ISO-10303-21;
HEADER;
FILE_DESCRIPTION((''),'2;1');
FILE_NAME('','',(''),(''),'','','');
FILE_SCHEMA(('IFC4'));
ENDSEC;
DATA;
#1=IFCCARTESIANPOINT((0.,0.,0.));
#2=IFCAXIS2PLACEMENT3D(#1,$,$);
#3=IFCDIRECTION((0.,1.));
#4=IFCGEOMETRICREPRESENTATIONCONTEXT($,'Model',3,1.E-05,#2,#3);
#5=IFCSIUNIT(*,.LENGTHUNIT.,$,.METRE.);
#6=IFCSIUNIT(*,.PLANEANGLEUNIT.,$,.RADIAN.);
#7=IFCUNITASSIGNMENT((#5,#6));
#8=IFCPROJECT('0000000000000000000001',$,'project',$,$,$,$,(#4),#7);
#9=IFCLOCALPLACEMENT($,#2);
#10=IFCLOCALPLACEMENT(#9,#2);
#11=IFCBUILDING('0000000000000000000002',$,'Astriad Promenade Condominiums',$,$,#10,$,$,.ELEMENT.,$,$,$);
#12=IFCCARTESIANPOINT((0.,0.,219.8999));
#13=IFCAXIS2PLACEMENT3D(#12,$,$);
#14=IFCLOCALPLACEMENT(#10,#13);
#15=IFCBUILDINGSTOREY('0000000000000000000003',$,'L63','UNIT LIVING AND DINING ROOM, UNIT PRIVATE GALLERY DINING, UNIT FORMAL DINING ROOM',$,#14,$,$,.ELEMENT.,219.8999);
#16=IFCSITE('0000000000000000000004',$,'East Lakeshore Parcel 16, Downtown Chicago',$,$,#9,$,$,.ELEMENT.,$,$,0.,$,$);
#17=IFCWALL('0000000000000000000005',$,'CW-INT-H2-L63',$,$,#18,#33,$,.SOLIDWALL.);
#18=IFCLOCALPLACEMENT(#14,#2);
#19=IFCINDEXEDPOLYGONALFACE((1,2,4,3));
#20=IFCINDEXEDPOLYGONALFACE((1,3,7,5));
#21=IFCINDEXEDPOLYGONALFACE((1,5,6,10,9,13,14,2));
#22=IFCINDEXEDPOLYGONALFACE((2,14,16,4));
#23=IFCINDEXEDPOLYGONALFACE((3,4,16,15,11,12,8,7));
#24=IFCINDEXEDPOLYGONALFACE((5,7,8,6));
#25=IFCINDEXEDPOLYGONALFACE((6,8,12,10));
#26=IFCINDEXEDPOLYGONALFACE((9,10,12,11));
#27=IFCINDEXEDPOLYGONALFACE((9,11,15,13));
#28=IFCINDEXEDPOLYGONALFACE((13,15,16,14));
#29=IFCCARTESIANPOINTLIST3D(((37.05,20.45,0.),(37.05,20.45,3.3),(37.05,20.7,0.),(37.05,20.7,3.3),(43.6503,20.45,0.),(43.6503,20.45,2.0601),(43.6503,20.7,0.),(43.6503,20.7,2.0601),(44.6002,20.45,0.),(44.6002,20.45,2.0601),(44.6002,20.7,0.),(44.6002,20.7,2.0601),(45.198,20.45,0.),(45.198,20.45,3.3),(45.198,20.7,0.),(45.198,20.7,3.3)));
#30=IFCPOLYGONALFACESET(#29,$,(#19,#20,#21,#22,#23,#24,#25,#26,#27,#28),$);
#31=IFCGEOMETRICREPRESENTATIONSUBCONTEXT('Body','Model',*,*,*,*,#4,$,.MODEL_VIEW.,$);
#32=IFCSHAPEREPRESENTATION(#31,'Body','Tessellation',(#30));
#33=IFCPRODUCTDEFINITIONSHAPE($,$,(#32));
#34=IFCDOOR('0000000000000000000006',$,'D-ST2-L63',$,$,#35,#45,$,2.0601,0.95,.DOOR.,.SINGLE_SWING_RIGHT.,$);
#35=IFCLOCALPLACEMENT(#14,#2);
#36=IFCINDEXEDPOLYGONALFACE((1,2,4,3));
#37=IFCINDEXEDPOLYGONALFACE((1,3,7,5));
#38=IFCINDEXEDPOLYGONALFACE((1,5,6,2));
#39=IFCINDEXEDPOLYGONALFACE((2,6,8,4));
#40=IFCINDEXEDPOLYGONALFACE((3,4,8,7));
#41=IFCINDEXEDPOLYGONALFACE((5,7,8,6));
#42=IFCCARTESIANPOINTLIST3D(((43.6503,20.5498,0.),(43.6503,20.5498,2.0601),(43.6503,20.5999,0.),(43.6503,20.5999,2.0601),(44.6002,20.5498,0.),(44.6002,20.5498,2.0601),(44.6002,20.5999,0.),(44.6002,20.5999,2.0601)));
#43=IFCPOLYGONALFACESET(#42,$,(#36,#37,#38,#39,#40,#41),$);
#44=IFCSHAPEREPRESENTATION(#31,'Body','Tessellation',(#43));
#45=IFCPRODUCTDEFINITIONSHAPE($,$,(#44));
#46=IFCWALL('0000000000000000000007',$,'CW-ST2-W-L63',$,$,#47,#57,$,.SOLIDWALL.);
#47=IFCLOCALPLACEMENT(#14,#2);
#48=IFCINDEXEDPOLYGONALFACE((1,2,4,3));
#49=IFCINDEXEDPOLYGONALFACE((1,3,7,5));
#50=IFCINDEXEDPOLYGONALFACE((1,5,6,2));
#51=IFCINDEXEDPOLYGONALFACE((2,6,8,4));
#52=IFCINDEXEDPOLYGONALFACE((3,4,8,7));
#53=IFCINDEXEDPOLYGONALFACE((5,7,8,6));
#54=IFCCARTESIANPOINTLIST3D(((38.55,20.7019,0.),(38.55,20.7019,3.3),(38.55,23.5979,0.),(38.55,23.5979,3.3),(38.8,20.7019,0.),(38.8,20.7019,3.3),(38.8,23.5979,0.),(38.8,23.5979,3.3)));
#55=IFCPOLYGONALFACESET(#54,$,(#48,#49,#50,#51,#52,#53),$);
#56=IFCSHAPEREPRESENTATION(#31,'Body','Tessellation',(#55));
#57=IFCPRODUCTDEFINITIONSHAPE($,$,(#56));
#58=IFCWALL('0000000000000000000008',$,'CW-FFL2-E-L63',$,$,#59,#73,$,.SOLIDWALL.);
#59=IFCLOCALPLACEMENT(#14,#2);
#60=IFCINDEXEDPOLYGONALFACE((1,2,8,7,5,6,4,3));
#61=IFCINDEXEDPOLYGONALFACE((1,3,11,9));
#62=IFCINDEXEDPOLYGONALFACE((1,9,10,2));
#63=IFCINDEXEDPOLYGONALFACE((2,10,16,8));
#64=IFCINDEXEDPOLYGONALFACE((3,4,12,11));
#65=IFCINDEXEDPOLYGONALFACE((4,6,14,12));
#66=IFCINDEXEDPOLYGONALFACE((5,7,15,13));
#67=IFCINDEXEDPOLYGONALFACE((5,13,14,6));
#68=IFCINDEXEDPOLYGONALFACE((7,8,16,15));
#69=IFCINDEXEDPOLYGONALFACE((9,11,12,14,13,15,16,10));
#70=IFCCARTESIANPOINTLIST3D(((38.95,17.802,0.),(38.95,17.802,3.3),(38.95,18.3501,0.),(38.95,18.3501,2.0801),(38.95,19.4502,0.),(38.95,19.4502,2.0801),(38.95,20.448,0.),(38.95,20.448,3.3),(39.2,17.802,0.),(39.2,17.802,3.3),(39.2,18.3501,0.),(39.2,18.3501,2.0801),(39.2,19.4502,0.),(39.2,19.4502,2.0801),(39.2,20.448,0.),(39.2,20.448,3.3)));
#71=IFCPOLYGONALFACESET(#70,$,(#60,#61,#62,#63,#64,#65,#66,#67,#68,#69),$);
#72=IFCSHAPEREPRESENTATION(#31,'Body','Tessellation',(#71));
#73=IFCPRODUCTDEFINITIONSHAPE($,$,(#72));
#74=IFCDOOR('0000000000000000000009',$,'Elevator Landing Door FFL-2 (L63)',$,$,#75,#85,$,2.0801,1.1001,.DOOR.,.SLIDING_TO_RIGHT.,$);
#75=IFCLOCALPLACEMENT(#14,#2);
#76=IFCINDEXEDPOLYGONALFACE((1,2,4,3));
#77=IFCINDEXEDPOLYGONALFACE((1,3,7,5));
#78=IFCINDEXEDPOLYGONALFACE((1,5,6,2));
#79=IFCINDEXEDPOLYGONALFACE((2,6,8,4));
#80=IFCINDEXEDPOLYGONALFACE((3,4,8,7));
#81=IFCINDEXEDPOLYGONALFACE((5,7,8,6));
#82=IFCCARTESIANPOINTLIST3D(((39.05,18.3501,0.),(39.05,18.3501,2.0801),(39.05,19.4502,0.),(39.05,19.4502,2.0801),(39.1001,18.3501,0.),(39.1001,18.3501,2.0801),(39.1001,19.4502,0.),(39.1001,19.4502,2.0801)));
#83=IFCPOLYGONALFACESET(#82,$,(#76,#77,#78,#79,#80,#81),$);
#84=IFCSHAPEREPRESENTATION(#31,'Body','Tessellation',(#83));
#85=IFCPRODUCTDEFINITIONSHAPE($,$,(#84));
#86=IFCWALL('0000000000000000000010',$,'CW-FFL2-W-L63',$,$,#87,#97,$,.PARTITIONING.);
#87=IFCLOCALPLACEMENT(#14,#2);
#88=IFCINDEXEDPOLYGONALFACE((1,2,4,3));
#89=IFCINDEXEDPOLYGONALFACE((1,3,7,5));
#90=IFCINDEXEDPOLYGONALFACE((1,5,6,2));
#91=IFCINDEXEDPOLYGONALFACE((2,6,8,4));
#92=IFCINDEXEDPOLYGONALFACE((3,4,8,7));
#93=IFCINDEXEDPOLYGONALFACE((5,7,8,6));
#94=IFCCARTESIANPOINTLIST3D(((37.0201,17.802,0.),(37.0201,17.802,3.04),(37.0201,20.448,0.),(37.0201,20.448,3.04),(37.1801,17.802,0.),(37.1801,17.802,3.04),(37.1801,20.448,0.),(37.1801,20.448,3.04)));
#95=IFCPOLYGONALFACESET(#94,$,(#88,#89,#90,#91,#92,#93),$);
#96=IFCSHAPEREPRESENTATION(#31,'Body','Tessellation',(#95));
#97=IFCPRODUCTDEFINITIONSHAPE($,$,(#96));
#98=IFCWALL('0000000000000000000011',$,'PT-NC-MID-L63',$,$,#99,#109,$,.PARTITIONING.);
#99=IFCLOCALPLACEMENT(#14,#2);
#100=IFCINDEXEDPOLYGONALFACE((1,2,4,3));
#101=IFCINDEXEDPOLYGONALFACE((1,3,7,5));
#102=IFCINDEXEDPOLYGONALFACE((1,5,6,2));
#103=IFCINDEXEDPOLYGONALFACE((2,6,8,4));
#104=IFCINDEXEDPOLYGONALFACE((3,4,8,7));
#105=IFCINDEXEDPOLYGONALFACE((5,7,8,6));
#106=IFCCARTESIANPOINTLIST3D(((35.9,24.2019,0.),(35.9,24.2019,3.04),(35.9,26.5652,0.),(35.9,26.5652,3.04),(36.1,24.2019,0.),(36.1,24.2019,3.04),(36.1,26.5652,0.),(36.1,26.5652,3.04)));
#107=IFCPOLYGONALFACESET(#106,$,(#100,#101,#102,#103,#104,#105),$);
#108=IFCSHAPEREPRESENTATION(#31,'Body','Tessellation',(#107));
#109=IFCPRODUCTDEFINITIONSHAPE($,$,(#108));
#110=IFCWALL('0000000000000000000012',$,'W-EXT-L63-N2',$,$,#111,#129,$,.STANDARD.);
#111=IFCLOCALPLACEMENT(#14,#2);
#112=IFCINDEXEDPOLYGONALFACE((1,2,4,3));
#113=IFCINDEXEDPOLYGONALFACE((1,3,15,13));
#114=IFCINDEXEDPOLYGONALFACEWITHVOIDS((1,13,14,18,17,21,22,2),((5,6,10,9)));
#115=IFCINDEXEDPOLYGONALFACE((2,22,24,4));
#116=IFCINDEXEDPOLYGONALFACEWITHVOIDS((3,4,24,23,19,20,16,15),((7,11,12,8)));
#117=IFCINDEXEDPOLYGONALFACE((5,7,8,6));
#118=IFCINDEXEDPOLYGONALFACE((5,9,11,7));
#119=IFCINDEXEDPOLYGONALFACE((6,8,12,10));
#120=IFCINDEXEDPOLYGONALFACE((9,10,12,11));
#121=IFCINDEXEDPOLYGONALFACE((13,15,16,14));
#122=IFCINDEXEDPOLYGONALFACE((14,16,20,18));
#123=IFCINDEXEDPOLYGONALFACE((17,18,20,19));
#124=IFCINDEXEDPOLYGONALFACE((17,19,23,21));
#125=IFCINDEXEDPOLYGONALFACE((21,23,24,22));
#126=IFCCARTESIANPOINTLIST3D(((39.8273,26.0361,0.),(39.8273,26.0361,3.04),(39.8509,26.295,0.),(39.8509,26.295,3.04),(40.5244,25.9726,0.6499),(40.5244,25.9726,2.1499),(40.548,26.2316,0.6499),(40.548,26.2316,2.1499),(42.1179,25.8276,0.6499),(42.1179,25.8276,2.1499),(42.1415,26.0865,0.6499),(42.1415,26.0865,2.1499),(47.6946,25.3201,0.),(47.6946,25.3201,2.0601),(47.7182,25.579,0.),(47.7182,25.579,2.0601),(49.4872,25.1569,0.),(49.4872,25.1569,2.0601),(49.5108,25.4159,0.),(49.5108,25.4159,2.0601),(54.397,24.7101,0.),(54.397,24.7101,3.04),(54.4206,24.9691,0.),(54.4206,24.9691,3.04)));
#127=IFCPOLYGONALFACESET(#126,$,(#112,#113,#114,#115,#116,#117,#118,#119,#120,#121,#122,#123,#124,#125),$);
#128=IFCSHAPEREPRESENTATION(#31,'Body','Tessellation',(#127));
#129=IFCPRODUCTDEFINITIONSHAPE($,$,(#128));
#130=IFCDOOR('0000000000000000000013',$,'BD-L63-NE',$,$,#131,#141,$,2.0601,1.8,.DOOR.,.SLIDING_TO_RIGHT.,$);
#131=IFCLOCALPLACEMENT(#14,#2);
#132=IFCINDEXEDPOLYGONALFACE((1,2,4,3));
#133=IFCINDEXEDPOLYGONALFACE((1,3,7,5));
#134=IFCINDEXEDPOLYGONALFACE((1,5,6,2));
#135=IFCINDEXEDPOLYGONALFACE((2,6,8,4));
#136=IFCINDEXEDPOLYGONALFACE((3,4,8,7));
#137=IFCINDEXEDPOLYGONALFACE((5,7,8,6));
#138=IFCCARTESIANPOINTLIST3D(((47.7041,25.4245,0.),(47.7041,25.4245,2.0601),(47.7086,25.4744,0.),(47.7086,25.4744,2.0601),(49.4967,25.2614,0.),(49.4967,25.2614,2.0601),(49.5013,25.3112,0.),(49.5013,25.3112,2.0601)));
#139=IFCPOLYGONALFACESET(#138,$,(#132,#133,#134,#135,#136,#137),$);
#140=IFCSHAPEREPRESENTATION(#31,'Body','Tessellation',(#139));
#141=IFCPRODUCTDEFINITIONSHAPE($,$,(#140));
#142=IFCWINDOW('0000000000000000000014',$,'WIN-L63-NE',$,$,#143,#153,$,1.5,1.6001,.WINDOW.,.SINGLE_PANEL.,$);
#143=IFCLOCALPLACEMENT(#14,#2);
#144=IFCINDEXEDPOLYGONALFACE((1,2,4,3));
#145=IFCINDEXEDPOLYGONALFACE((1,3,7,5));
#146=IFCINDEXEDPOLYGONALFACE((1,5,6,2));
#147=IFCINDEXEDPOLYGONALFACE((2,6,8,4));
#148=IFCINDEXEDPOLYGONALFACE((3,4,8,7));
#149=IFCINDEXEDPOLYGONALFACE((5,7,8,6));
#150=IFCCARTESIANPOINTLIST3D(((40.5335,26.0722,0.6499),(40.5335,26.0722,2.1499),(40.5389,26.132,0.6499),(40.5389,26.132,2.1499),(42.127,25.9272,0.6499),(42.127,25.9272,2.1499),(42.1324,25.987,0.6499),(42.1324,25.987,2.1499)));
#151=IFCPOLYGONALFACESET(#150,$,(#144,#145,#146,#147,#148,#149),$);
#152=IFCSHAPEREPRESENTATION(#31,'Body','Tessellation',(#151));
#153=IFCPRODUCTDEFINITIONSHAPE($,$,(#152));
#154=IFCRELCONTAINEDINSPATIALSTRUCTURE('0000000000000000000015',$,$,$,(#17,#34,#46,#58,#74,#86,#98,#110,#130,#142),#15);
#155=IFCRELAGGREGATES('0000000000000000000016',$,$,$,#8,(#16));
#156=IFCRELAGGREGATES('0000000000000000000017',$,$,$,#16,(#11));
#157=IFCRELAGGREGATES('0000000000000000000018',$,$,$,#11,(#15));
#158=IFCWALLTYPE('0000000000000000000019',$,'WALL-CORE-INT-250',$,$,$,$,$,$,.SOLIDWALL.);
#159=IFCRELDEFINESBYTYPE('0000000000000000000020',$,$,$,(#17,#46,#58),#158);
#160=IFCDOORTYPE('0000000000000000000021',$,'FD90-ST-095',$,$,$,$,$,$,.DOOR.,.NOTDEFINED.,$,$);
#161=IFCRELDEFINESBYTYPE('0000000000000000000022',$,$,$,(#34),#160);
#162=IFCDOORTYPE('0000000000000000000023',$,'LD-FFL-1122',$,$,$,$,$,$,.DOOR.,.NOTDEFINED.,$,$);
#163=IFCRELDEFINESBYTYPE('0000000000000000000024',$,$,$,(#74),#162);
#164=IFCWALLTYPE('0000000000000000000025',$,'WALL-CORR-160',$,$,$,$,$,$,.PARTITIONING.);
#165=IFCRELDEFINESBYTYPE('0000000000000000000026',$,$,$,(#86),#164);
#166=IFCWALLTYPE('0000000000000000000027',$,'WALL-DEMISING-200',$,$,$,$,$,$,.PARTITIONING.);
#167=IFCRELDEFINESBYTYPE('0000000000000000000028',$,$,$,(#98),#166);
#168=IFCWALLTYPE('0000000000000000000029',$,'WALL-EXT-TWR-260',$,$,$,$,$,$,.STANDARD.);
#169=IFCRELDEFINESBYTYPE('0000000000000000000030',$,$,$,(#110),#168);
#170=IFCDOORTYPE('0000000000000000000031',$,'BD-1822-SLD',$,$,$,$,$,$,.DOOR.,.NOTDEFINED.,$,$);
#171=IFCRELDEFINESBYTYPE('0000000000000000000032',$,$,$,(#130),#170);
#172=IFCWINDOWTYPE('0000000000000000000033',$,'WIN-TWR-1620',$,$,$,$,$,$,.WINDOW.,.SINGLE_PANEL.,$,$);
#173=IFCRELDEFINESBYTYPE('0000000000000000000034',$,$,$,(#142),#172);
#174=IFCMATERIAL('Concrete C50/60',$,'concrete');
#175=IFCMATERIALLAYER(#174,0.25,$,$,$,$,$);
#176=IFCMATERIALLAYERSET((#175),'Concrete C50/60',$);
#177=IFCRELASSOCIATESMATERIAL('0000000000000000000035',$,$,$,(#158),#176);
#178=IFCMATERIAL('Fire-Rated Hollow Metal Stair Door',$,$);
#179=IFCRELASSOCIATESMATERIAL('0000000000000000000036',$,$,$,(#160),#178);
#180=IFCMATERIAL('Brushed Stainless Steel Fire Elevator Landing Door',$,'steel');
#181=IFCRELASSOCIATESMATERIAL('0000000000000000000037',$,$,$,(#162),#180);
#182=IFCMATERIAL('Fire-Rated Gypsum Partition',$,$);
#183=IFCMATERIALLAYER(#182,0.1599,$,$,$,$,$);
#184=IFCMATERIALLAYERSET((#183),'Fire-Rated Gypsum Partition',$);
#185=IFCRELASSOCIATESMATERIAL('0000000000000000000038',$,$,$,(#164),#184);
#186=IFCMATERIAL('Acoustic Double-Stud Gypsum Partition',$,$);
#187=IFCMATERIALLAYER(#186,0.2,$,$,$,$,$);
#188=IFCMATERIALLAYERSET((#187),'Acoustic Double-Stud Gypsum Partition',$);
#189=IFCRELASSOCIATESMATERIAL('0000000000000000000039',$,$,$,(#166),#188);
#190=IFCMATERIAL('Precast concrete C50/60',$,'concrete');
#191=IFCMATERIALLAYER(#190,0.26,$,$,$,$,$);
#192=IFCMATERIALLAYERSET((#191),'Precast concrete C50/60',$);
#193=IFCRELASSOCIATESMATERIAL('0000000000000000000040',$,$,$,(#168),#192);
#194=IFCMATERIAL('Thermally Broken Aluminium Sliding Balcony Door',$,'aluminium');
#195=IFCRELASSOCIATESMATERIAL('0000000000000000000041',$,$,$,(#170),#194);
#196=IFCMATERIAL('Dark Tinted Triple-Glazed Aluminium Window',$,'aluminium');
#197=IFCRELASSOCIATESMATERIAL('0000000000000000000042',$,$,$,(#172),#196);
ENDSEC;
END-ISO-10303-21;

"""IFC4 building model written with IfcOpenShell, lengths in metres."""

from ifc_helpers import new_model, si_unit, direction, frame, frame_2d, origin, place, context, subcontext, project, spatial, rectangle, extrude, source, transform, mapped, material, layer, layer_set, type_object, type_shapes, element, fill, save


model = new_model("IFC4")

# Units and contexts
model_context = context("Model", 3, precision=1e-05, world=origin(), true_north=direction((0.0, 1.0)))
body_context = subcontext(model_context, "Body", "Model", "MODEL_VIEW")
ifc_project = project(units=[si_unit("LENGTHUNIT", "METRE"), si_unit("PLANEANGLEUNIT", "RADIAN")], contexts=[model_context])

# Site, building, storey
site_placement = place(None, origin())
site = spatial("IfcSite", under=ifc_project, at=site_placement, Name="East Lakeshore Parcel 16, Downtown Chicago", CompositionType="ELEMENT", RefElevation=0.0)
building_placement = place(site_placement, origin())
building = spatial("IfcBuilding", under=site, at=building_placement, Name="Astriad Promenade Condominiums", CompositionType="ELEMENT")
storey_placement = place(building_placement, frame((0.0, 0.0, 219.8999)))
storey = spatial("IfcBuildingStorey", under=building, at=storey_placement, Name="L63", Description="UNIT LIVING AND DINING ROOM, UNIT PRIVATE GALLERY DINING, UNIT FORMAL DINING ROOM", CompositionType="ELEMENT", Elevation=219.8999)

# Wall, opening, door
ifc_material_1 = material(Name="Concrete C50/60", Category="concrete")
ifc_layer_1 = layer(ifc_material_1, 0.25)
ifc_layer_set_1 = layer_set([ifc_layer_1], Name="Concrete C50/60")
wall_type_1 = type_object("IfcWallType", Name="WALL-CORE-INT-250", PredefinedType="SOLIDWALL", material=ifc_layer_set_1)
wall_1_placement = place(storey_placement, frame((37.05, 20.575, 0.0), z_axis=(0.0, 0.0, 1.0), x_axis=(1.0, 0.0, 0.0)))
wall_1 = element("IfcWall", 1, at=wall_1_placement, inside=storey, type_object=wall_type_1, Name="CW-INT-H2-L63", PredefinedType="SOLIDWALL", context=body_context, shape_type="SweptSolid", body=[
    extrude(rectangle(XDim=8.1479, YDim=0.25, at=frame_2d((4.074, 0.0))), origin(), (0.0, 0.0, 1.0), 3.3),
])
opening_1_placement = place(wall_1_placement, frame((6.6001, 0.0, 0.0)))
opening_1 = element("IfcOpeningElement", 2, at=opening_1_placement, cuts=wall_1, PredefinedType="OPENING", context=body_context, shape_type="SweptSolid", body=[
    extrude(rectangle(XDim=0.95, YDim=2.0601, at=frame_2d((0.4751, 1.03))), frame((0.0, 0.135, 0.0), z_axis=(0.0, -1.0, 0.0), x_axis=(1.0, 0.0, 0.0)), (0.0, 0.0, 1.0), 0.27),
])
ifc_material_2 = material(Name="Fire-Rated Hollow Metal Stair Door")
door_type_1 = type_object("IfcDoorType", Name="FD90-ST-095", OperationType="NOTDEFINED", PredefinedType="DOOR", material=ifc_material_2)
shared_shape_1 = source(origin(), body_context, "Body", "SweptSolid", [
    extrude(rectangle(XDim=0.95, YDim=2.0601, at=frame_2d((0.4751, 1.03))), frame((0.0, 0.0249, 0.0), z_axis=(0.0, -1.0, 0.0), x_axis=(1.0, 0.0, 0.0)), (0.0, 0.0, 1.0), 0.05),
])
type_shapes(door_type_1, [shared_shape_1])
door_1_placement = place(opening_1_placement, origin())
door_1 = element("IfcDoor", 3, at=door_1_placement, inside=storey, type_object=door_type_1, Name="D-ST2-L63", OperationType="SINGLE_SWING_RIGHT", OverallHeight=2.0601, OverallWidth=0.95, PredefinedType="DOOR", context=body_context, shape_type="MappedRepresentation", body=[
    mapped(shared_shape_1, transform((0.0, 0.0, 0.0), scale=1.0)),
])
fill(opening_1, door_1)

# Wall
wall_2_placement = place(storey_placement, frame((38.675, 20.7019, 0.0), z_axis=(0.0, 0.0, 1.0), x_axis=(0.0, 1.0, 0.0)))
element("IfcWall", 4, at=wall_2_placement, inside=storey, type_object=wall_type_1, Name="CW-ST2-W-L63", PredefinedType="SOLIDWALL", context=body_context, shape_type="SweptSolid", body=[
    extrude(rectangle(XDim=2.896, YDim=0.25, at=frame_2d((1.448, 0.0))), origin(), (0.0, 0.0, 1.0), 3.3),
])

# Wall, opening, door
wall_3_placement = place(storey_placement, frame((39.075, 17.802, 0.0), z_axis=(0.0, 0.0, 1.0), x_axis=(0.0, 1.0, 0.0)))
wall_3 = element("IfcWall", 5, at=wall_3_placement, inside=storey, type_object=wall_type_1, Name="CW-FFL2-E-L63", PredefinedType="SOLIDWALL", context=body_context, shape_type="SweptSolid", body=[
    extrude(rectangle(XDim=2.646, YDim=0.25, at=frame_2d((1.323, 0.0))), origin(), (0.0, 0.0, 1.0), 3.3),
])
opening_2_placement = place(wall_3_placement, frame((0.5481, 0.0, 0.0)))
opening_2 = element("IfcOpeningElement", 6, at=opening_2_placement, cuts=wall_3, PredefinedType="OPENING", context=body_context, shape_type="SweptSolid", body=[
    extrude(rectangle(XDim=1.1001, YDim=2.0801, at=frame_2d((0.55, 1.04))), frame((0.0, 0.135, 0.0), z_axis=(0.0, -1.0, 0.0), x_axis=(1.0, 0.0, 0.0)), (0.0, 0.0, 1.0), 0.27),
])
ifc_material_3 = material(Name="Brushed Stainless Steel Fire Elevator Landing Door", Category="steel")
door_type_2 = type_object("IfcDoorType", Name="LD-FFL-1122", OperationType="NOTDEFINED", PredefinedType="DOOR", material=ifc_material_3)
shared_shape_2 = source(origin(), body_context, "Body", "SweptSolid", [
    extrude(rectangle(XDim=1.1001, YDim=2.0801, at=frame_2d((0.55, 1.04))), frame((0.0, 0.0249, 0.0), z_axis=(0.0, -1.0, 0.0), x_axis=(1.0, 0.0, 0.0)), (0.0, 0.0, 1.0), 0.05),
])
type_shapes(door_type_2, [shared_shape_2])
door_2_placement = place(opening_2_placement, origin())
door_2 = element("IfcDoor", 7, at=door_2_placement, inside=storey, type_object=door_type_2, Name="Elevator Landing Door FFL-2 (L63)", OperationType="SLIDING_TO_RIGHT", OverallHeight=2.0801, OverallWidth=1.1001, PredefinedType="DOOR", context=body_context, shape_type="MappedRepresentation", body=[
    mapped(shared_shape_2, transform((0.0, 0.0, 0.0), scale=1.0)),
])
fill(opening_2, door_2)

# Walls
ifc_material_4 = material(Name="Fire-Rated Gypsum Partition")
ifc_layer_2 = layer(ifc_material_4, 0.1599)
ifc_layer_set_2 = layer_set([ifc_layer_2], Name="Fire-Rated Gypsum Partition")
wall_type_2 = type_object("IfcWallType", Name="WALL-CORR-160", PredefinedType="PARTITIONING", material=ifc_layer_set_2)
wall_4_placement = place(storey_placement, frame((37.1001, 17.802, 0.0), z_axis=(0.0, 0.0, 1.0), x_axis=(0.0, 1.0, 0.0)))
element("IfcWall", 8, at=wall_4_placement, inside=storey, type_object=wall_type_2, Name="CW-FFL2-W-L63", PredefinedType="PARTITIONING", context=body_context, shape_type="SweptSolid", body=[
    extrude(rectangle(XDim=2.646, YDim=0.1599, at=frame_2d((1.323, 0.0))), origin(), (0.0, 0.0, 1.0), 3.04),
])
ifc_material_5 = material(Name="Acoustic Double-Stud Gypsum Partition")
ifc_layer_3 = layer(ifc_material_5, 0.2)
ifc_layer_set_3 = layer_set([ifc_layer_3], Name="Acoustic Double-Stud Gypsum Partition")
wall_type_3 = type_object("IfcWallType", Name="WALL-DEMISING-200", PredefinedType="PARTITIONING", material=ifc_layer_set_3)
wall_5_placement = place(storey_placement, frame((36.0, 24.2019, 0.0), z_axis=(0.0, 0.0, 1.0), x_axis=(0.0, 1.0, 0.0)))
element("IfcWall", 9, at=wall_5_placement, inside=storey, type_object=wall_type_3, Name="PT-NC-MID-L63", PredefinedType="PARTITIONING", context=body_context, shape_type="SweptSolid", body=[
    extrude(rectangle(XDim=2.3633, YDim=0.2, at=frame_2d((1.1816, 0.0))), origin(), (0.0, 0.0, 1.0), 3.04),
])

# Wall, openings, door, window
ifc_material_6 = material(Name="Precast concrete C50/60", Category="concrete")
ifc_layer_4 = layer(ifc_material_6, 0.26)
ifc_layer_set_4 = layer_set([ifc_layer_4], Name="Precast concrete C50/60")
wall_type_4 = type_object("IfcWallType", Name="WALL-EXT-TWR-260", PredefinedType="STANDARD", material=ifc_layer_set_4)
wall_6_placement = place(storey_placement, frame((39.8391, 26.1655, 0.0), z_axis=(0.0, 0.0, 1.0), x_axis=(0.995884, -0.090632, 0.0)))
wall_6 = element("IfcWall", 10, at=wall_6_placement, inside=storey, type_object=wall_type_4, Name="W-EXT-L63-N2", PredefinedType="STANDARD", context=body_context, shape_type="SweptSolid", body=[
    extrude(rectangle(XDim=14.6299, YDim=0.26, at=frame_2d((7.3149, 0.0))), origin(), (0.0, 0.0, 1.0), 3.04),
])
opening_3_placement = place(wall_6_placement, frame((7.8999, 0.0, 0.0)))
opening_3 = element("IfcOpeningElement", 11, at=opening_3_placement, cuts=wall_6, PredefinedType="OPENING", context=body_context, shape_type="SweptSolid", body=[
    extrude(rectangle(XDim=1.8, YDim=2.0601, at=frame_2d((0.8999, 1.03))), frame((0.0, 0.1399, 0.0), z_axis=(0.0, -1.0, 0.0), x_axis=(1.0, 0.0, 0.0)), (0.0, 0.0, 1.0), 0.28),
])
opening_4_placement = place(wall_6_placement, frame((0.7, 0.0, 0.6499)))
opening_4 = element("IfcOpeningElement", 12, at=opening_4_placement, cuts=wall_6, PredefinedType="OPENING", context=body_context, shape_type="SweptSolid", body=[
    extrude(rectangle(XDim=1.6001, YDim=1.5, at=frame_2d((0.8, 0.75))), frame((0.0, 0.1399, 0.0), z_axis=(0.0, -1.0, 0.0), x_axis=(1.0, 0.0, 0.0)), (0.0, 0.0, 1.0), 0.28),
])
ifc_material_7 = material(Name="Thermally Broken Aluminium Sliding Balcony Door", Category="aluminium")
door_type_3 = type_object("IfcDoorType", Name="BD-1822-SLD", OperationType="NOTDEFINED", PredefinedType="DOOR", material=ifc_material_7)
shared_shape_3 = source(origin(), body_context, "Body", "SweptSolid", [
    extrude(rectangle(XDim=1.8, YDim=2.0601, at=frame_2d((0.8999, 1.03))), frame((0.0, 0.0249, 0.0), z_axis=(0.0, -1.0, 0.0), x_axis=(1.0, 0.0, 0.0)), (0.0, 0.0, 1.0), 0.05),
])
type_shapes(door_type_3, [shared_shape_3])
door_3_placement = place(opening_3_placement, origin())
door_3 = element("IfcDoor", 13, at=door_3_placement, inside=storey, type_object=door_type_3, Name="BD-L63-NE", OperationType="SLIDING_TO_RIGHT", OverallHeight=2.0601, OverallWidth=1.8, PredefinedType="DOOR", context=body_context, shape_type="MappedRepresentation", body=[
    mapped(shared_shape_3, transform((0.0, 0.0, 0.0), scale=1.0)),
])
fill(opening_3, door_3)
ifc_material_8 = material(Name="Dark Tinted Triple-Glazed Aluminium Window", Category="aluminium")
window_type = type_object("IfcWindowType", Name="WIN-TWR-1620", PartitioningType="SINGLE_PANEL", PredefinedType="WINDOW", material=ifc_material_8)
shared_shape_4 = source(origin(), body_context, "Body", "SweptSolid", [
    extrude(rectangle(XDim=1.6001, YDim=1.5, at=frame_2d((0.8, 0.75))), frame((0.0, 0.03, 0.0), z_axis=(0.0, -1.0, 0.0), x_axis=(1.0, 0.0, 0.0)), (0.0, 0.0, 1.0), 0.0601),
])
type_shapes(window_type, [shared_shape_4])
window_placement = place(opening_4_placement, origin())
window = element("IfcWindow", 14, at=window_placement, inside=storey, type_object=window_type, Name="WIN-L63-NE", OverallHeight=1.5, OverallWidth=1.6001, PartitioningType="SINGLE_PANEL", PredefinedType="WINDOW", context=body_context, shape_type="MappedRepresentation", body=[
    mapped(shared_shape_4, transform((0.0, 0.0, 0.0), scale=1.0)),
])
fill(opening_4, window)

save(model, "model.ifc")
